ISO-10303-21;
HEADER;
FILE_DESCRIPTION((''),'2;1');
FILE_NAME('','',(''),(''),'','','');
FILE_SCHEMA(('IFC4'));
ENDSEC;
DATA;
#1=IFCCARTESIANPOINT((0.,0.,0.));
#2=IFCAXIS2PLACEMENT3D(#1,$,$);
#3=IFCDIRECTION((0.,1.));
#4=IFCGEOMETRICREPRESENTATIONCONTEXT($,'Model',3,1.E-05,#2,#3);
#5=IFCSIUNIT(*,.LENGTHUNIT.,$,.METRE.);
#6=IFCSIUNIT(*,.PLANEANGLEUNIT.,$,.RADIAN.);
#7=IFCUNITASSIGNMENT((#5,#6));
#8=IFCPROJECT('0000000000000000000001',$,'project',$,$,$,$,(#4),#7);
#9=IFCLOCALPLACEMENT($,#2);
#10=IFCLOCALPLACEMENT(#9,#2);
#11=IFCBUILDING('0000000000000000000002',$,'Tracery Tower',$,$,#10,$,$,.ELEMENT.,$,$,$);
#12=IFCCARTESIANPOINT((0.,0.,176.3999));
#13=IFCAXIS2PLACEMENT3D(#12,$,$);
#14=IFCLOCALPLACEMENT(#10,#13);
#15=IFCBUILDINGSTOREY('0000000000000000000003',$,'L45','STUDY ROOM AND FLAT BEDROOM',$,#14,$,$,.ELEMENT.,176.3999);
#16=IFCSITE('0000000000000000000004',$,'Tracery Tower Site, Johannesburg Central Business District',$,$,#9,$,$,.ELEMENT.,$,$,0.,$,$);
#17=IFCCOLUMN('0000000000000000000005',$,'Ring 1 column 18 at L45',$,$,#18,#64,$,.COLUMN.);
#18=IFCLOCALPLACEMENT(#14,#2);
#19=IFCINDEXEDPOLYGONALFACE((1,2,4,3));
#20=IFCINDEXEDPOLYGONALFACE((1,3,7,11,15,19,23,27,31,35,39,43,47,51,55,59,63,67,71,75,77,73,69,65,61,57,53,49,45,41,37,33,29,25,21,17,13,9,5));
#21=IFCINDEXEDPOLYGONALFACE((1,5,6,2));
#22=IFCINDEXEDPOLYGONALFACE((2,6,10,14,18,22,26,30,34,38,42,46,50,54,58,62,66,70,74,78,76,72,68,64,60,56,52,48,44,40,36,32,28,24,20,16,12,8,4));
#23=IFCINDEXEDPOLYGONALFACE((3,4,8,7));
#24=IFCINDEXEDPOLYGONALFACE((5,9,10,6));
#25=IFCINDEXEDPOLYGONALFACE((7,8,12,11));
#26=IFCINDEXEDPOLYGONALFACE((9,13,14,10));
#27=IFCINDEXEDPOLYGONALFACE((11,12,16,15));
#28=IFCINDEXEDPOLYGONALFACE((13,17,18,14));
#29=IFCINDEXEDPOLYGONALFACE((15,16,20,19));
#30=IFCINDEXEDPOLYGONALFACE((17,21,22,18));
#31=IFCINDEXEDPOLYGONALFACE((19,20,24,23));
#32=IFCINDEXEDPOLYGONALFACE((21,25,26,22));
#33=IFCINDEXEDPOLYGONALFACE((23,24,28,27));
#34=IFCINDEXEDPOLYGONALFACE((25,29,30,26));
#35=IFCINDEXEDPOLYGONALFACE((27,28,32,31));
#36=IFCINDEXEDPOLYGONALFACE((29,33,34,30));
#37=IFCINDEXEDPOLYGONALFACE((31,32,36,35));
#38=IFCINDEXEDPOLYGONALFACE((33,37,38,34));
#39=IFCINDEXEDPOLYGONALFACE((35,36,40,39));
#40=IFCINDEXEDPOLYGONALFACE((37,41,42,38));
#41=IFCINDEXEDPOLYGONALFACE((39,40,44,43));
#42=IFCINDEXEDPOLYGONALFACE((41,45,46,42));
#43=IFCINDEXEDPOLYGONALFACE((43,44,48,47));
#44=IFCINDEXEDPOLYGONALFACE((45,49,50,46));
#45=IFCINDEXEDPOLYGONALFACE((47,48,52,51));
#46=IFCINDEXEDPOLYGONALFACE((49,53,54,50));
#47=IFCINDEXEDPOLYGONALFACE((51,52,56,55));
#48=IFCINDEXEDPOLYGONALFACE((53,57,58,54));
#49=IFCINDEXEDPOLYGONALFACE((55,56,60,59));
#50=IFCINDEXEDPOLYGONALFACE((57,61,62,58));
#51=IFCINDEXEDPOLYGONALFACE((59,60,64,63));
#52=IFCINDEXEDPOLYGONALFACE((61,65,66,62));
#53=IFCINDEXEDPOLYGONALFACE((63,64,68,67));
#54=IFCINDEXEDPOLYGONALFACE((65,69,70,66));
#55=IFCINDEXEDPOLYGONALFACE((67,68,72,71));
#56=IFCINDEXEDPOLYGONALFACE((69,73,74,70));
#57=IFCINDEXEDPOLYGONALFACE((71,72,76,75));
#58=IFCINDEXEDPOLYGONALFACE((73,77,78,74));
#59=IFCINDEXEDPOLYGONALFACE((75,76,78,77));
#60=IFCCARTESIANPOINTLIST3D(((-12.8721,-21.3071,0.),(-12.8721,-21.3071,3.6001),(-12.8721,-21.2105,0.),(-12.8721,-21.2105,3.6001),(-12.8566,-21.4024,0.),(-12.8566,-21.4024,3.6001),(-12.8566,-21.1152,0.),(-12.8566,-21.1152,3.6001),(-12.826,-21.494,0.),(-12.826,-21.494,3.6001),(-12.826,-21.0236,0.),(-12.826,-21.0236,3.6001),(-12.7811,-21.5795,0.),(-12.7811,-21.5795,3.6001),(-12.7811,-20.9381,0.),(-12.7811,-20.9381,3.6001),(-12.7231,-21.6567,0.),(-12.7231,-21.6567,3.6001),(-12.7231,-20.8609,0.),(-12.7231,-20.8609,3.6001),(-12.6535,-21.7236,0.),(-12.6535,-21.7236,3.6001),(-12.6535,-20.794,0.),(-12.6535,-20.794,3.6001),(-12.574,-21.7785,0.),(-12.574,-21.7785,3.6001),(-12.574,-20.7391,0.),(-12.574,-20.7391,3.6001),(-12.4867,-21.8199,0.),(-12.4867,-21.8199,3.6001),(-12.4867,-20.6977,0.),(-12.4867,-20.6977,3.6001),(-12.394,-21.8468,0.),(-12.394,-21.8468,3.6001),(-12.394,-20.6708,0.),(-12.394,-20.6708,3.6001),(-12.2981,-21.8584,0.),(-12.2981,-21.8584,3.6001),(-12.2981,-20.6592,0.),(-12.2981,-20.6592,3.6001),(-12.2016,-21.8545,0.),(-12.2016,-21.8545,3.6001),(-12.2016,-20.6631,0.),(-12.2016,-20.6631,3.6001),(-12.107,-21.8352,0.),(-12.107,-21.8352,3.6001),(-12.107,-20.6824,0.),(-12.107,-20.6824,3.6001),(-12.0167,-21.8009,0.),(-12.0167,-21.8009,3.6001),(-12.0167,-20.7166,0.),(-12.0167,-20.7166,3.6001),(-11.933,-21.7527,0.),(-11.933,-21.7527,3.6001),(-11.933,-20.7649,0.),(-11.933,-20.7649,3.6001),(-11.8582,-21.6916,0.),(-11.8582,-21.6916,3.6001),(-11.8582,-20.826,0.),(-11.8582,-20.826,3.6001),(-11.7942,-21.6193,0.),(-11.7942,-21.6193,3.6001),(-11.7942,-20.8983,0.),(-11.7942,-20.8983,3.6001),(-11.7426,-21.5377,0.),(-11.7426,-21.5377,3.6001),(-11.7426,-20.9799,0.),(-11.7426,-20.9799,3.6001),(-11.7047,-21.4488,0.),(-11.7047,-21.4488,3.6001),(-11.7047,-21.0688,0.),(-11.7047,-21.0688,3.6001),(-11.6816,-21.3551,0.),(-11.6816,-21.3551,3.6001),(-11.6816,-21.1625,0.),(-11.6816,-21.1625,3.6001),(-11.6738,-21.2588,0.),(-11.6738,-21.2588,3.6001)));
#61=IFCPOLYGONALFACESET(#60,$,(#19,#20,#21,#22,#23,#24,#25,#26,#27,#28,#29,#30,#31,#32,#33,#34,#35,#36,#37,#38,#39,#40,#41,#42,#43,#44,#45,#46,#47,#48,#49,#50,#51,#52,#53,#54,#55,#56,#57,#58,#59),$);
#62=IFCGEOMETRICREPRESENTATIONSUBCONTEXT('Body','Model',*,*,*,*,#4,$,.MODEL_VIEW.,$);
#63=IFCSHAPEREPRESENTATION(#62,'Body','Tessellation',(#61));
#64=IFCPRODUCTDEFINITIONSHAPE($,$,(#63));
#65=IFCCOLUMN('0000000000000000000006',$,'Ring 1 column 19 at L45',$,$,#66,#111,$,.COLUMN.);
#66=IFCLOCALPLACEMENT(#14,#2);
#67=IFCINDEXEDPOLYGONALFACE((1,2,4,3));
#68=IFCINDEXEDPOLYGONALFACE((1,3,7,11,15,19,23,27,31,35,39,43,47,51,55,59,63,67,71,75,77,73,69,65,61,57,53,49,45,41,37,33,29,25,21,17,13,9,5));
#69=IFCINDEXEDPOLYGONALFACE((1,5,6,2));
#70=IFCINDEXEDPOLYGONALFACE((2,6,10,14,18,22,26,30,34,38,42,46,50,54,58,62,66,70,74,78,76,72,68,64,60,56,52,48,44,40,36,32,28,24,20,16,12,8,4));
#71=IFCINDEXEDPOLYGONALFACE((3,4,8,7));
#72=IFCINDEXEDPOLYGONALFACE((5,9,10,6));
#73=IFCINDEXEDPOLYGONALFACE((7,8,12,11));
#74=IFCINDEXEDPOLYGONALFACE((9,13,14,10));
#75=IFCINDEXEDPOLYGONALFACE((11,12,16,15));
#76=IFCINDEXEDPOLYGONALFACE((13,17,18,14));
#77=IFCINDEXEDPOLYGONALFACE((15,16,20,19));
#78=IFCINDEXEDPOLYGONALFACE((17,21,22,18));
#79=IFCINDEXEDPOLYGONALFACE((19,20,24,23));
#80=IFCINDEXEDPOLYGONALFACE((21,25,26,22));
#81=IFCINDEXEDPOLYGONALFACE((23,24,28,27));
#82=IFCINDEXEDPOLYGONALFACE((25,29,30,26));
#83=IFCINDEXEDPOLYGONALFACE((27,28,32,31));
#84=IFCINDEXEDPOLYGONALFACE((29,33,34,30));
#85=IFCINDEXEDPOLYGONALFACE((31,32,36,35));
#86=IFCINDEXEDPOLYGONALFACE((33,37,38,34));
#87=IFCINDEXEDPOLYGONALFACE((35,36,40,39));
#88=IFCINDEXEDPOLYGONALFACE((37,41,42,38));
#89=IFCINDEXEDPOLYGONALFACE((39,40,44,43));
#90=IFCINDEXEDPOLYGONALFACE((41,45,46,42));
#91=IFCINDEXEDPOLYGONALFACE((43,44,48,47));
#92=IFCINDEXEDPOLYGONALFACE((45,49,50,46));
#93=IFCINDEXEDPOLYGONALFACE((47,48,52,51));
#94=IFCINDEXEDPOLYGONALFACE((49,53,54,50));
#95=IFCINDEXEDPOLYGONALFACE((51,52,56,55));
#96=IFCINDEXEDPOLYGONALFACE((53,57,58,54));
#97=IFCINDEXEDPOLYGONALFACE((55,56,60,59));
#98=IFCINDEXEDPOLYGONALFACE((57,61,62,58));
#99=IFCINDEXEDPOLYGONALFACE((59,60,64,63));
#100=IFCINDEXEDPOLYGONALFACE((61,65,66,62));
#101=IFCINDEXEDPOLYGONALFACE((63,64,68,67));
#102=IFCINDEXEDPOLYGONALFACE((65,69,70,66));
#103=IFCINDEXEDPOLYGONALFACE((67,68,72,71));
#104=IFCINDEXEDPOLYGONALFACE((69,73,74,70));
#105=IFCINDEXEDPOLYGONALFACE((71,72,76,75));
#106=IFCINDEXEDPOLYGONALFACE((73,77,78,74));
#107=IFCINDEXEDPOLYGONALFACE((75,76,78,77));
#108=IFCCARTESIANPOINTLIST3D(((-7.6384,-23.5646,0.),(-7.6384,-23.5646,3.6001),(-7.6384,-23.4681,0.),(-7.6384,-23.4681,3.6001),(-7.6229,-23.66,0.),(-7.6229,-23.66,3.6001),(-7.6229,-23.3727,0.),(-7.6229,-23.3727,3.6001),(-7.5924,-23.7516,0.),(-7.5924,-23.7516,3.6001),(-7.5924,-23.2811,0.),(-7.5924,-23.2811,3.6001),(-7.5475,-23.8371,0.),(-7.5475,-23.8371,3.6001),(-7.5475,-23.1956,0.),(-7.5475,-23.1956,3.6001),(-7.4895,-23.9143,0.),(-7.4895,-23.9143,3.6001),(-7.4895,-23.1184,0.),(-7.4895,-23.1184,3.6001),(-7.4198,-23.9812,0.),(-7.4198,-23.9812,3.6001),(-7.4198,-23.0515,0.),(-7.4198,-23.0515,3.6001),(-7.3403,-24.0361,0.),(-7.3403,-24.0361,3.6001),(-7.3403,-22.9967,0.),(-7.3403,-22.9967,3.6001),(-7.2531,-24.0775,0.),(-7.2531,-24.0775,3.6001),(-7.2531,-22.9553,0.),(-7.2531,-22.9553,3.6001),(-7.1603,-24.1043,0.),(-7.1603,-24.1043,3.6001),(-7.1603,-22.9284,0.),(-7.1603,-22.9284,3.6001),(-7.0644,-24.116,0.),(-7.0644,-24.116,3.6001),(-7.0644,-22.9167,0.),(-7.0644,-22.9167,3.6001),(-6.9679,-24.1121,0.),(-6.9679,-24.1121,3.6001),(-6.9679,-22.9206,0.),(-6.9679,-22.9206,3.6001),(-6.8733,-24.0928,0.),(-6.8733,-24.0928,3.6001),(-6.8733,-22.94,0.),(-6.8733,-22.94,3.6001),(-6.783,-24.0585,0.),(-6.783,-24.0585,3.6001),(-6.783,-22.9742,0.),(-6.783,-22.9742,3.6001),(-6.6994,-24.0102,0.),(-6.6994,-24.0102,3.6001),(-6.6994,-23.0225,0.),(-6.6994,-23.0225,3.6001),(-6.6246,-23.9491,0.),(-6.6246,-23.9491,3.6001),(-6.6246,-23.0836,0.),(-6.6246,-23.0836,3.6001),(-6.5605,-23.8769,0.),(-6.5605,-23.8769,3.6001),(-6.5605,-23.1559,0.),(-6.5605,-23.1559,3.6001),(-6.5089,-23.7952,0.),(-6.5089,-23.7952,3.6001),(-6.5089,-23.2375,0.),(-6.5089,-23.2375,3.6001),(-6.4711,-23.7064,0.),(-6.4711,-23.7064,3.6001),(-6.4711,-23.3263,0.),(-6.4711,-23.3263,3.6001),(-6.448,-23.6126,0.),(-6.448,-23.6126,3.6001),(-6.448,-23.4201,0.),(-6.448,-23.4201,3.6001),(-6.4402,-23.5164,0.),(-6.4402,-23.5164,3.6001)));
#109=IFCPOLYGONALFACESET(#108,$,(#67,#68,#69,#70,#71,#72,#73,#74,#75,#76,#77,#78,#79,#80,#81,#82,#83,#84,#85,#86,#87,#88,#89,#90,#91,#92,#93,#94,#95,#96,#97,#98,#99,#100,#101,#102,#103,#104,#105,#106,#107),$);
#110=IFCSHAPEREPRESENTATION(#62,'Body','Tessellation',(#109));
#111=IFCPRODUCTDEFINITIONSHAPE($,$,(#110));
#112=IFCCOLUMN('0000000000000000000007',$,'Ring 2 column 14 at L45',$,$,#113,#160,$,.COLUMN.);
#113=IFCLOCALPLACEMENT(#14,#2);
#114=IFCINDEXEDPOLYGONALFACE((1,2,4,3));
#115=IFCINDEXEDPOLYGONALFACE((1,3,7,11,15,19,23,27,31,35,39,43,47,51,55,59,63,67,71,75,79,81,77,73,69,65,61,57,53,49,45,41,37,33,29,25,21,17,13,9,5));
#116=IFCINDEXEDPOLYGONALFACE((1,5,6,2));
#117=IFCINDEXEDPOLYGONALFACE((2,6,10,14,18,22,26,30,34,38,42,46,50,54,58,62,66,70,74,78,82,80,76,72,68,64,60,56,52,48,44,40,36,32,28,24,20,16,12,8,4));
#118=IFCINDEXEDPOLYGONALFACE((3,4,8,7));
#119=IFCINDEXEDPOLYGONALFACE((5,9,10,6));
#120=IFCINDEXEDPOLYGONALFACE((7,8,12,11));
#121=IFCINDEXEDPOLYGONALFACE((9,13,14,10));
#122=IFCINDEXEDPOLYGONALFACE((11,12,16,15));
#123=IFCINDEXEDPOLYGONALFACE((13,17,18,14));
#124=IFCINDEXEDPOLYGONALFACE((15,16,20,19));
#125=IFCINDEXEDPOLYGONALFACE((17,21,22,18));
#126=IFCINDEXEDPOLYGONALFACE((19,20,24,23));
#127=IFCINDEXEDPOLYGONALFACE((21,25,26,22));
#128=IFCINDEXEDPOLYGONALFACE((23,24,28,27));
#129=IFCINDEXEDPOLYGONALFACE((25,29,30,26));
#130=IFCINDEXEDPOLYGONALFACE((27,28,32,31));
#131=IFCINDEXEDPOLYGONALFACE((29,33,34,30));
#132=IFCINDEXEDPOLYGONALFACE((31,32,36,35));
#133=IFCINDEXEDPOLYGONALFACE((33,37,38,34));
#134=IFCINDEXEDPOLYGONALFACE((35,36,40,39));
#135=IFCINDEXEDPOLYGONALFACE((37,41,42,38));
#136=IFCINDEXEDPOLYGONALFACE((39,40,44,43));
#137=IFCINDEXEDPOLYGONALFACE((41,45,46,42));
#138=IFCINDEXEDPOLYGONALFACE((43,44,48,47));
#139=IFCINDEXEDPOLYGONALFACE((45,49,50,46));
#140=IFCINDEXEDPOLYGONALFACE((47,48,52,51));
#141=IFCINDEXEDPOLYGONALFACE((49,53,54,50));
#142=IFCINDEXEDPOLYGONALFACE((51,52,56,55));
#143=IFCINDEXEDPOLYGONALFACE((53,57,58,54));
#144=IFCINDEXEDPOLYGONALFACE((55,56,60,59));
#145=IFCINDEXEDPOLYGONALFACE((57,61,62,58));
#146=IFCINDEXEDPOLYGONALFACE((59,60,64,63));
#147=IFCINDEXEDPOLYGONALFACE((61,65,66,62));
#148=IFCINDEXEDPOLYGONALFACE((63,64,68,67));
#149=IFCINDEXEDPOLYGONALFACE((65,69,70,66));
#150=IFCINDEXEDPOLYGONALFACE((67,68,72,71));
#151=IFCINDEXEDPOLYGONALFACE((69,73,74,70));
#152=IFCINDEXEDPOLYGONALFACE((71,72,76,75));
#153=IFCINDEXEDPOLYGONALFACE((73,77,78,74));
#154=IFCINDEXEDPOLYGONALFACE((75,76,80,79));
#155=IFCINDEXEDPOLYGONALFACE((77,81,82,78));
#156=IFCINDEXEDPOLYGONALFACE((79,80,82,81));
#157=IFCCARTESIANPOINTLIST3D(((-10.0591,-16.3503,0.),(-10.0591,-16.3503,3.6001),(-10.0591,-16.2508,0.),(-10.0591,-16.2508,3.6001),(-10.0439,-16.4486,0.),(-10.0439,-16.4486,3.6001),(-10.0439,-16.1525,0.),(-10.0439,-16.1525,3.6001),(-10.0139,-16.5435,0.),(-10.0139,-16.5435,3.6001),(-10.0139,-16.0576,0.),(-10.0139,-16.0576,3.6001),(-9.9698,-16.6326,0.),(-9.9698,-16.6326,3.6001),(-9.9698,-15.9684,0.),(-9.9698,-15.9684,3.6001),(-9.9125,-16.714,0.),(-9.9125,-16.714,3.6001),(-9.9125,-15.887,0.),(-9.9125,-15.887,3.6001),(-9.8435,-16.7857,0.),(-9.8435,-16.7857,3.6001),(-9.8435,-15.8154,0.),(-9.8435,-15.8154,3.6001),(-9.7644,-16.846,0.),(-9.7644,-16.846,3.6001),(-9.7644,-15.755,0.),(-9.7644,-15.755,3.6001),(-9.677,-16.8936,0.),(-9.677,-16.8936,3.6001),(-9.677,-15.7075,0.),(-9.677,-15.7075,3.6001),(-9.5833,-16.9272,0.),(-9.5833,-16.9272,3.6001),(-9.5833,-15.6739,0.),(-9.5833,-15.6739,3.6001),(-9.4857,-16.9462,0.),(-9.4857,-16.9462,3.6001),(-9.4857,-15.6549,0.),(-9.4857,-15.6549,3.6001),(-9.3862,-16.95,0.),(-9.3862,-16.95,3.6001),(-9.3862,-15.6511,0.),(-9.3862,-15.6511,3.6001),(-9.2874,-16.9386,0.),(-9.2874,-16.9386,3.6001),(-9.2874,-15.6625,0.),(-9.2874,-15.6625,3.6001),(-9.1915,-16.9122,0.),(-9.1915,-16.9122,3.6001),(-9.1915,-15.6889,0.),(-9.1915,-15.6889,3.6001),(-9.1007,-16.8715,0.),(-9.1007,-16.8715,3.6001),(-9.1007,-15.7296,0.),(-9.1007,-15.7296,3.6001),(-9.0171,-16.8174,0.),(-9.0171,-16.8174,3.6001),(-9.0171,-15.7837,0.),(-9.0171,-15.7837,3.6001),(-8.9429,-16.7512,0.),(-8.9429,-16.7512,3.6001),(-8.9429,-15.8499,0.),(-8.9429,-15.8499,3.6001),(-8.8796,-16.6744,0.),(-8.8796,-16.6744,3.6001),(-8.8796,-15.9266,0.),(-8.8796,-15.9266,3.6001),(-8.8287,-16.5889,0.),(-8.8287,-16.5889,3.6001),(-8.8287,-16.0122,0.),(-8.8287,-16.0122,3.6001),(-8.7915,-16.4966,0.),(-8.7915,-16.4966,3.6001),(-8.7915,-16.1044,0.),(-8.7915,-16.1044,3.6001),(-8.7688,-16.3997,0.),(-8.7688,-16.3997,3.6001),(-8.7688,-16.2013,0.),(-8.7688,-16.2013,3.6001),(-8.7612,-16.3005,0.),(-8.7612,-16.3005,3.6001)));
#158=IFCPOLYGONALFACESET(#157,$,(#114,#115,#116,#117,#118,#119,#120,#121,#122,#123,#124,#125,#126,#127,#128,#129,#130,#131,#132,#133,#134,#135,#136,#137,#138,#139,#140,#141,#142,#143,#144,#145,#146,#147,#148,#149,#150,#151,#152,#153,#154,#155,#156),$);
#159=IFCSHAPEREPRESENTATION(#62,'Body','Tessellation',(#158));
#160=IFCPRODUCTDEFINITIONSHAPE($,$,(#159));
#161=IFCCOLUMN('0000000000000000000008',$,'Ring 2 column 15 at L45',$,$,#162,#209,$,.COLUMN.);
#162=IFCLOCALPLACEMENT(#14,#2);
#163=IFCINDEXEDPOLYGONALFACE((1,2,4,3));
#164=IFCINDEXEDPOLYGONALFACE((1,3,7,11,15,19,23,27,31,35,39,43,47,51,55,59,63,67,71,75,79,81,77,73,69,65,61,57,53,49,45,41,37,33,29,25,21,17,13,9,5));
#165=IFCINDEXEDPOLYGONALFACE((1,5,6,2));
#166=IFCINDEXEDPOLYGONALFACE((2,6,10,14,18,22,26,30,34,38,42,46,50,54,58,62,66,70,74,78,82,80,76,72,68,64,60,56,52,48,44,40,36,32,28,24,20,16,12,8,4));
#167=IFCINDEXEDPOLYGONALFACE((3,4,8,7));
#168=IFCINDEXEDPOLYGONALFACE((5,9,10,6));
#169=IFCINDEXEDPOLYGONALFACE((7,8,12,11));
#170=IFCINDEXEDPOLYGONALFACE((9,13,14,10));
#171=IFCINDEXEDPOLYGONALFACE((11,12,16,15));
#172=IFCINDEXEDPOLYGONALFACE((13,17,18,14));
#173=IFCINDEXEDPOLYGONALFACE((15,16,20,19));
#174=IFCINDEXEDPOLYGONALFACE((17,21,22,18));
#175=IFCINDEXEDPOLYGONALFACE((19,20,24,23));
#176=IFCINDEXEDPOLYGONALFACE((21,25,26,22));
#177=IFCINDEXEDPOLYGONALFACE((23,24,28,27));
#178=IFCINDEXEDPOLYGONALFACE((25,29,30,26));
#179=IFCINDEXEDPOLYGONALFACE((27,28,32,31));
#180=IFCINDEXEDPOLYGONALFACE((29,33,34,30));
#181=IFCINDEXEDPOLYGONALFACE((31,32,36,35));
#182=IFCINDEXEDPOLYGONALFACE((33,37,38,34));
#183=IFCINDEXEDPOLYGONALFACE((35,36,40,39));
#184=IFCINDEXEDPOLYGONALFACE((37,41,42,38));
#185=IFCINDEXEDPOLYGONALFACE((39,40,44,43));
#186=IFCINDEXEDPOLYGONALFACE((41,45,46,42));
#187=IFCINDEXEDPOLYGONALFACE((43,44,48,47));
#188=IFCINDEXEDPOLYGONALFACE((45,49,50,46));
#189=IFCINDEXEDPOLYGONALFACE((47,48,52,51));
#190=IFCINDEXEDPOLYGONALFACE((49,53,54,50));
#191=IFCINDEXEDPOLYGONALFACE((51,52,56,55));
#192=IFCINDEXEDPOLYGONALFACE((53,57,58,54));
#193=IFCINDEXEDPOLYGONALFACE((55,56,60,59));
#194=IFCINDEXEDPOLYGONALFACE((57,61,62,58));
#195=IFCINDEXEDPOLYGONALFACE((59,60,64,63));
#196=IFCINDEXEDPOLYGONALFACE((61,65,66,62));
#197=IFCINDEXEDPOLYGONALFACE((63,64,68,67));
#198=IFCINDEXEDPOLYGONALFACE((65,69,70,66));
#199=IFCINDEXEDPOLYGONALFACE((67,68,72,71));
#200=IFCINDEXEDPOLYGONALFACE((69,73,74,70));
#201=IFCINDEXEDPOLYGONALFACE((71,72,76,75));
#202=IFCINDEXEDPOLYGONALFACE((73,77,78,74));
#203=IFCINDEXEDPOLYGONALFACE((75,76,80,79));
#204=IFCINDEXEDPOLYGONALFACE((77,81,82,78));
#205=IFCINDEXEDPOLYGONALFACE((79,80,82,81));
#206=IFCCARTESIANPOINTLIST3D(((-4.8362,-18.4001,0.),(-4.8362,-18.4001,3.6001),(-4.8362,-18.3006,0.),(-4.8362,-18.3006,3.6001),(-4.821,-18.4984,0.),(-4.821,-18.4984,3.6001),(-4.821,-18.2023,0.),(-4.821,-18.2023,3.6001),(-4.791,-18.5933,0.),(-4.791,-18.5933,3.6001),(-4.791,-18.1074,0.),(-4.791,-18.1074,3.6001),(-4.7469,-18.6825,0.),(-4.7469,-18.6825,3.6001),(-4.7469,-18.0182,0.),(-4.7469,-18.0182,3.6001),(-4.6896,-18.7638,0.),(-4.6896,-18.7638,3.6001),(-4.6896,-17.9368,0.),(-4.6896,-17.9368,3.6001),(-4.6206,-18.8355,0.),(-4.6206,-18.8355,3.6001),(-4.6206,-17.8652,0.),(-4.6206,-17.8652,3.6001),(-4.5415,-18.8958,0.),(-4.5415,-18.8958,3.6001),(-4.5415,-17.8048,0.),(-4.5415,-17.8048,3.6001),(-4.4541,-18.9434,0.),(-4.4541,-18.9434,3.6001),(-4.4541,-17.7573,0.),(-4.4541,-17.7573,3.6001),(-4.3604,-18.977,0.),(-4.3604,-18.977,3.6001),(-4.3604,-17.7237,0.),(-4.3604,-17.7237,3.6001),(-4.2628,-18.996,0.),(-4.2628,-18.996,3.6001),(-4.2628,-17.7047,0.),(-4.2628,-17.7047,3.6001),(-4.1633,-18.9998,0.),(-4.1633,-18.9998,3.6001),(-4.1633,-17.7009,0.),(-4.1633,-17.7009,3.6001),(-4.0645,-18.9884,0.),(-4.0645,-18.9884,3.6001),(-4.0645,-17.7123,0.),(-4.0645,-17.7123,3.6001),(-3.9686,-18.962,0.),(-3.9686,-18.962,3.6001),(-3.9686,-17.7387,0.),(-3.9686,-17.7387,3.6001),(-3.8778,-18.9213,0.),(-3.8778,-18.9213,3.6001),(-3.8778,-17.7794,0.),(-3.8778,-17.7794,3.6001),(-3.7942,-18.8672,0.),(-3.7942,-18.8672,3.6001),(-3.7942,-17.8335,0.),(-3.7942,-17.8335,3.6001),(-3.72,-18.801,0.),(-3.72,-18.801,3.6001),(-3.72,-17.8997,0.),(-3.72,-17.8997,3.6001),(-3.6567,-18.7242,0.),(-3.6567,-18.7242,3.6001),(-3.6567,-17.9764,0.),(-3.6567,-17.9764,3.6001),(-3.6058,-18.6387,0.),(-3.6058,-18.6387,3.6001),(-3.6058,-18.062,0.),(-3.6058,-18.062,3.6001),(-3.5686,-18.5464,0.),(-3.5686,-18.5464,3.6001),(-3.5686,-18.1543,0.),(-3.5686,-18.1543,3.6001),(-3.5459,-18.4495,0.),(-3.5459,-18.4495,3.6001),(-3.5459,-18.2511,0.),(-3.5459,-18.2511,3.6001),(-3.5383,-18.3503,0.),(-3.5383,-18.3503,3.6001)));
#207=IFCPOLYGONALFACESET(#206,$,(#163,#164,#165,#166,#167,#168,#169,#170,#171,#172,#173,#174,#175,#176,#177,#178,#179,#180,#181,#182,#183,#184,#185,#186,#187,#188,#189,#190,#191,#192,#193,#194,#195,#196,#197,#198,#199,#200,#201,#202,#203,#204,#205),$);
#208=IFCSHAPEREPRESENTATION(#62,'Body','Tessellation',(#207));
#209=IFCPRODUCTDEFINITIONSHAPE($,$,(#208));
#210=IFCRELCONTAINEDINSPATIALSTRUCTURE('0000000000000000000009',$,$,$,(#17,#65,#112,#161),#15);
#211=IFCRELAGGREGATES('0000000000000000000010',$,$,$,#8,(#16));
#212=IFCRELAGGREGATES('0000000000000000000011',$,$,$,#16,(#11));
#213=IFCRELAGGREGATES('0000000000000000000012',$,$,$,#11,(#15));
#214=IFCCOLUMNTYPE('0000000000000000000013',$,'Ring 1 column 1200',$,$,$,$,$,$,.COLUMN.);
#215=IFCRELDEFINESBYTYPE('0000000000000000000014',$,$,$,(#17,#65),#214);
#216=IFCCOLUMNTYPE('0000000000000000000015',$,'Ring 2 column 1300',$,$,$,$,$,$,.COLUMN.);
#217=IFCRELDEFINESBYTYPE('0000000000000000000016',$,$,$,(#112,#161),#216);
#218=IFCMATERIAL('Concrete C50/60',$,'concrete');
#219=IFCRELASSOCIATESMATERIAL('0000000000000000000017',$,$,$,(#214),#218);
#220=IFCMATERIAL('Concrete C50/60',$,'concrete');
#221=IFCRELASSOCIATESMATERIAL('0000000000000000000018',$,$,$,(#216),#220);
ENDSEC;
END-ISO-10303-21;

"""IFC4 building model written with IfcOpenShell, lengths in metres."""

from ifc_helpers import new_model, si_unit, direction, frame, origin, origin_2d, place, context, subcontext, project, spatial, circle, extrude, material, material_profile, profile_set, type_object, element, save


model = new_model("IFC4")

# Units and contexts
model_context = context("Model", 3, precision=1e-05, world=origin(), true_north=direction((0.0, 1.0)))
body_context = subcontext(model_context, "Body", "Model", "MODEL_VIEW")
ifc_project = project(units=[si_unit("LENGTHUNIT", "METRE"), si_unit("PLANEANGLEUNIT", "RADIAN")], contexts=[model_context])

# Site, building, storey
site_placement = place(None, origin())
site = spatial("IfcSite", under=ifc_project, at=site_placement, Name="Tracery Tower Site, Johannesburg Central Business District", CompositionType="ELEMENT", RefElevation=0.0)
building_placement = place(site_placement, origin())
building = spatial("IfcBuilding", under=site, at=building_placement, Name="Tracery Tower", CompositionType="ELEMENT")
storey_placement = place(building_placement, frame((0.0, 0.0, 176.3999)))
storey = spatial("IfcBuildingStorey", under=building, at=storey_placement, Name="L45", Description="STUDY ROOM AND FLAT BEDROOM", CompositionType="ELEMENT", Elevation=176.3999)

# Columns
ifc_material_1 = material(Name="Concrete C50/60", Category="concrete")
ifc_material_profile_1 = material_profile(ifc_material_1, circle(Radius=0.6001, at=origin_2d()), Name="RC D1200")
ifc_profile_set_1 = profile_set([ifc_material_profile_1], Name="Concrete C50/60")
column_type_1 = type_object("IfcColumnType", Name="Ring 1 column 1200", PredefinedType="COLUMN", material=ifc_profile_set_1)
for number, where, z_axis, x_axis, name in (
    (1, (-12.2739, -21.2588, 0.0), (0.0, 0.0, 1.0), (1.0, 0.0, 0.0), "Ring 1 column 18 at L45"),
    (2, (-7.0403, -23.5164, 0.0), (0.0, 0.0, 1.0), (1.0, 0.0, 0.0), "Ring 1 column 19 at L45"),
):
    element("IfcColumn", number, at=place(storey_placement, frame(where, z_axis=z_axis, x_axis=x_axis)), inside=storey, type_object=column_type_1, Name=name, PredefinedType="COLUMN", context=body_context, shape_type="SweptSolid", body=[
        extrude(circle(Radius=0.6001, at=origin_2d()), origin(), (0.0, 0.0, 1.0), 3.6001),
    ])
ifc_material_2 = material(Name="Concrete C50/60", Category="concrete")
ifc_material_profile_2 = material_profile(ifc_material_2, circle(Radius=0.6499, at=origin_2d()), Name="RC D1300")
ifc_profile_set_2 = profile_set([ifc_material_profile_2], Name="Concrete C50/60")
column_type_2 = type_object("IfcColumnType", Name="Ring 2 column 1300", PredefinedType="COLUMN", material=ifc_profile_set_2)
for number, where, z_axis, x_axis, name in (
    (3, (-9.4111, -16.3005, 0.0), (0.0, 0.0, 1.0), (1.0, 0.0, 0.0), "Ring 2 column 14 at L45"),
    (4, (-4.1882, -18.3503, 0.0), (0.0, 0.0, 1.0), (1.0, 0.0, 0.0), "Ring 2 column 15 at L45"),
):
    element("IfcColumn", number, at=place(storey_placement, frame(where, z_axis=z_axis, x_axis=x_axis)), inside=storey, type_object=column_type_2, Name=name, PredefinedType="COLUMN", context=body_context, shape_type="SweptSolid", body=[
        extrude(circle(Radius=0.6499, at=origin_2d()), origin(), (0.0, 0.0, 1.0), 3.6001),
    ])

save(model, "model.ifc")
